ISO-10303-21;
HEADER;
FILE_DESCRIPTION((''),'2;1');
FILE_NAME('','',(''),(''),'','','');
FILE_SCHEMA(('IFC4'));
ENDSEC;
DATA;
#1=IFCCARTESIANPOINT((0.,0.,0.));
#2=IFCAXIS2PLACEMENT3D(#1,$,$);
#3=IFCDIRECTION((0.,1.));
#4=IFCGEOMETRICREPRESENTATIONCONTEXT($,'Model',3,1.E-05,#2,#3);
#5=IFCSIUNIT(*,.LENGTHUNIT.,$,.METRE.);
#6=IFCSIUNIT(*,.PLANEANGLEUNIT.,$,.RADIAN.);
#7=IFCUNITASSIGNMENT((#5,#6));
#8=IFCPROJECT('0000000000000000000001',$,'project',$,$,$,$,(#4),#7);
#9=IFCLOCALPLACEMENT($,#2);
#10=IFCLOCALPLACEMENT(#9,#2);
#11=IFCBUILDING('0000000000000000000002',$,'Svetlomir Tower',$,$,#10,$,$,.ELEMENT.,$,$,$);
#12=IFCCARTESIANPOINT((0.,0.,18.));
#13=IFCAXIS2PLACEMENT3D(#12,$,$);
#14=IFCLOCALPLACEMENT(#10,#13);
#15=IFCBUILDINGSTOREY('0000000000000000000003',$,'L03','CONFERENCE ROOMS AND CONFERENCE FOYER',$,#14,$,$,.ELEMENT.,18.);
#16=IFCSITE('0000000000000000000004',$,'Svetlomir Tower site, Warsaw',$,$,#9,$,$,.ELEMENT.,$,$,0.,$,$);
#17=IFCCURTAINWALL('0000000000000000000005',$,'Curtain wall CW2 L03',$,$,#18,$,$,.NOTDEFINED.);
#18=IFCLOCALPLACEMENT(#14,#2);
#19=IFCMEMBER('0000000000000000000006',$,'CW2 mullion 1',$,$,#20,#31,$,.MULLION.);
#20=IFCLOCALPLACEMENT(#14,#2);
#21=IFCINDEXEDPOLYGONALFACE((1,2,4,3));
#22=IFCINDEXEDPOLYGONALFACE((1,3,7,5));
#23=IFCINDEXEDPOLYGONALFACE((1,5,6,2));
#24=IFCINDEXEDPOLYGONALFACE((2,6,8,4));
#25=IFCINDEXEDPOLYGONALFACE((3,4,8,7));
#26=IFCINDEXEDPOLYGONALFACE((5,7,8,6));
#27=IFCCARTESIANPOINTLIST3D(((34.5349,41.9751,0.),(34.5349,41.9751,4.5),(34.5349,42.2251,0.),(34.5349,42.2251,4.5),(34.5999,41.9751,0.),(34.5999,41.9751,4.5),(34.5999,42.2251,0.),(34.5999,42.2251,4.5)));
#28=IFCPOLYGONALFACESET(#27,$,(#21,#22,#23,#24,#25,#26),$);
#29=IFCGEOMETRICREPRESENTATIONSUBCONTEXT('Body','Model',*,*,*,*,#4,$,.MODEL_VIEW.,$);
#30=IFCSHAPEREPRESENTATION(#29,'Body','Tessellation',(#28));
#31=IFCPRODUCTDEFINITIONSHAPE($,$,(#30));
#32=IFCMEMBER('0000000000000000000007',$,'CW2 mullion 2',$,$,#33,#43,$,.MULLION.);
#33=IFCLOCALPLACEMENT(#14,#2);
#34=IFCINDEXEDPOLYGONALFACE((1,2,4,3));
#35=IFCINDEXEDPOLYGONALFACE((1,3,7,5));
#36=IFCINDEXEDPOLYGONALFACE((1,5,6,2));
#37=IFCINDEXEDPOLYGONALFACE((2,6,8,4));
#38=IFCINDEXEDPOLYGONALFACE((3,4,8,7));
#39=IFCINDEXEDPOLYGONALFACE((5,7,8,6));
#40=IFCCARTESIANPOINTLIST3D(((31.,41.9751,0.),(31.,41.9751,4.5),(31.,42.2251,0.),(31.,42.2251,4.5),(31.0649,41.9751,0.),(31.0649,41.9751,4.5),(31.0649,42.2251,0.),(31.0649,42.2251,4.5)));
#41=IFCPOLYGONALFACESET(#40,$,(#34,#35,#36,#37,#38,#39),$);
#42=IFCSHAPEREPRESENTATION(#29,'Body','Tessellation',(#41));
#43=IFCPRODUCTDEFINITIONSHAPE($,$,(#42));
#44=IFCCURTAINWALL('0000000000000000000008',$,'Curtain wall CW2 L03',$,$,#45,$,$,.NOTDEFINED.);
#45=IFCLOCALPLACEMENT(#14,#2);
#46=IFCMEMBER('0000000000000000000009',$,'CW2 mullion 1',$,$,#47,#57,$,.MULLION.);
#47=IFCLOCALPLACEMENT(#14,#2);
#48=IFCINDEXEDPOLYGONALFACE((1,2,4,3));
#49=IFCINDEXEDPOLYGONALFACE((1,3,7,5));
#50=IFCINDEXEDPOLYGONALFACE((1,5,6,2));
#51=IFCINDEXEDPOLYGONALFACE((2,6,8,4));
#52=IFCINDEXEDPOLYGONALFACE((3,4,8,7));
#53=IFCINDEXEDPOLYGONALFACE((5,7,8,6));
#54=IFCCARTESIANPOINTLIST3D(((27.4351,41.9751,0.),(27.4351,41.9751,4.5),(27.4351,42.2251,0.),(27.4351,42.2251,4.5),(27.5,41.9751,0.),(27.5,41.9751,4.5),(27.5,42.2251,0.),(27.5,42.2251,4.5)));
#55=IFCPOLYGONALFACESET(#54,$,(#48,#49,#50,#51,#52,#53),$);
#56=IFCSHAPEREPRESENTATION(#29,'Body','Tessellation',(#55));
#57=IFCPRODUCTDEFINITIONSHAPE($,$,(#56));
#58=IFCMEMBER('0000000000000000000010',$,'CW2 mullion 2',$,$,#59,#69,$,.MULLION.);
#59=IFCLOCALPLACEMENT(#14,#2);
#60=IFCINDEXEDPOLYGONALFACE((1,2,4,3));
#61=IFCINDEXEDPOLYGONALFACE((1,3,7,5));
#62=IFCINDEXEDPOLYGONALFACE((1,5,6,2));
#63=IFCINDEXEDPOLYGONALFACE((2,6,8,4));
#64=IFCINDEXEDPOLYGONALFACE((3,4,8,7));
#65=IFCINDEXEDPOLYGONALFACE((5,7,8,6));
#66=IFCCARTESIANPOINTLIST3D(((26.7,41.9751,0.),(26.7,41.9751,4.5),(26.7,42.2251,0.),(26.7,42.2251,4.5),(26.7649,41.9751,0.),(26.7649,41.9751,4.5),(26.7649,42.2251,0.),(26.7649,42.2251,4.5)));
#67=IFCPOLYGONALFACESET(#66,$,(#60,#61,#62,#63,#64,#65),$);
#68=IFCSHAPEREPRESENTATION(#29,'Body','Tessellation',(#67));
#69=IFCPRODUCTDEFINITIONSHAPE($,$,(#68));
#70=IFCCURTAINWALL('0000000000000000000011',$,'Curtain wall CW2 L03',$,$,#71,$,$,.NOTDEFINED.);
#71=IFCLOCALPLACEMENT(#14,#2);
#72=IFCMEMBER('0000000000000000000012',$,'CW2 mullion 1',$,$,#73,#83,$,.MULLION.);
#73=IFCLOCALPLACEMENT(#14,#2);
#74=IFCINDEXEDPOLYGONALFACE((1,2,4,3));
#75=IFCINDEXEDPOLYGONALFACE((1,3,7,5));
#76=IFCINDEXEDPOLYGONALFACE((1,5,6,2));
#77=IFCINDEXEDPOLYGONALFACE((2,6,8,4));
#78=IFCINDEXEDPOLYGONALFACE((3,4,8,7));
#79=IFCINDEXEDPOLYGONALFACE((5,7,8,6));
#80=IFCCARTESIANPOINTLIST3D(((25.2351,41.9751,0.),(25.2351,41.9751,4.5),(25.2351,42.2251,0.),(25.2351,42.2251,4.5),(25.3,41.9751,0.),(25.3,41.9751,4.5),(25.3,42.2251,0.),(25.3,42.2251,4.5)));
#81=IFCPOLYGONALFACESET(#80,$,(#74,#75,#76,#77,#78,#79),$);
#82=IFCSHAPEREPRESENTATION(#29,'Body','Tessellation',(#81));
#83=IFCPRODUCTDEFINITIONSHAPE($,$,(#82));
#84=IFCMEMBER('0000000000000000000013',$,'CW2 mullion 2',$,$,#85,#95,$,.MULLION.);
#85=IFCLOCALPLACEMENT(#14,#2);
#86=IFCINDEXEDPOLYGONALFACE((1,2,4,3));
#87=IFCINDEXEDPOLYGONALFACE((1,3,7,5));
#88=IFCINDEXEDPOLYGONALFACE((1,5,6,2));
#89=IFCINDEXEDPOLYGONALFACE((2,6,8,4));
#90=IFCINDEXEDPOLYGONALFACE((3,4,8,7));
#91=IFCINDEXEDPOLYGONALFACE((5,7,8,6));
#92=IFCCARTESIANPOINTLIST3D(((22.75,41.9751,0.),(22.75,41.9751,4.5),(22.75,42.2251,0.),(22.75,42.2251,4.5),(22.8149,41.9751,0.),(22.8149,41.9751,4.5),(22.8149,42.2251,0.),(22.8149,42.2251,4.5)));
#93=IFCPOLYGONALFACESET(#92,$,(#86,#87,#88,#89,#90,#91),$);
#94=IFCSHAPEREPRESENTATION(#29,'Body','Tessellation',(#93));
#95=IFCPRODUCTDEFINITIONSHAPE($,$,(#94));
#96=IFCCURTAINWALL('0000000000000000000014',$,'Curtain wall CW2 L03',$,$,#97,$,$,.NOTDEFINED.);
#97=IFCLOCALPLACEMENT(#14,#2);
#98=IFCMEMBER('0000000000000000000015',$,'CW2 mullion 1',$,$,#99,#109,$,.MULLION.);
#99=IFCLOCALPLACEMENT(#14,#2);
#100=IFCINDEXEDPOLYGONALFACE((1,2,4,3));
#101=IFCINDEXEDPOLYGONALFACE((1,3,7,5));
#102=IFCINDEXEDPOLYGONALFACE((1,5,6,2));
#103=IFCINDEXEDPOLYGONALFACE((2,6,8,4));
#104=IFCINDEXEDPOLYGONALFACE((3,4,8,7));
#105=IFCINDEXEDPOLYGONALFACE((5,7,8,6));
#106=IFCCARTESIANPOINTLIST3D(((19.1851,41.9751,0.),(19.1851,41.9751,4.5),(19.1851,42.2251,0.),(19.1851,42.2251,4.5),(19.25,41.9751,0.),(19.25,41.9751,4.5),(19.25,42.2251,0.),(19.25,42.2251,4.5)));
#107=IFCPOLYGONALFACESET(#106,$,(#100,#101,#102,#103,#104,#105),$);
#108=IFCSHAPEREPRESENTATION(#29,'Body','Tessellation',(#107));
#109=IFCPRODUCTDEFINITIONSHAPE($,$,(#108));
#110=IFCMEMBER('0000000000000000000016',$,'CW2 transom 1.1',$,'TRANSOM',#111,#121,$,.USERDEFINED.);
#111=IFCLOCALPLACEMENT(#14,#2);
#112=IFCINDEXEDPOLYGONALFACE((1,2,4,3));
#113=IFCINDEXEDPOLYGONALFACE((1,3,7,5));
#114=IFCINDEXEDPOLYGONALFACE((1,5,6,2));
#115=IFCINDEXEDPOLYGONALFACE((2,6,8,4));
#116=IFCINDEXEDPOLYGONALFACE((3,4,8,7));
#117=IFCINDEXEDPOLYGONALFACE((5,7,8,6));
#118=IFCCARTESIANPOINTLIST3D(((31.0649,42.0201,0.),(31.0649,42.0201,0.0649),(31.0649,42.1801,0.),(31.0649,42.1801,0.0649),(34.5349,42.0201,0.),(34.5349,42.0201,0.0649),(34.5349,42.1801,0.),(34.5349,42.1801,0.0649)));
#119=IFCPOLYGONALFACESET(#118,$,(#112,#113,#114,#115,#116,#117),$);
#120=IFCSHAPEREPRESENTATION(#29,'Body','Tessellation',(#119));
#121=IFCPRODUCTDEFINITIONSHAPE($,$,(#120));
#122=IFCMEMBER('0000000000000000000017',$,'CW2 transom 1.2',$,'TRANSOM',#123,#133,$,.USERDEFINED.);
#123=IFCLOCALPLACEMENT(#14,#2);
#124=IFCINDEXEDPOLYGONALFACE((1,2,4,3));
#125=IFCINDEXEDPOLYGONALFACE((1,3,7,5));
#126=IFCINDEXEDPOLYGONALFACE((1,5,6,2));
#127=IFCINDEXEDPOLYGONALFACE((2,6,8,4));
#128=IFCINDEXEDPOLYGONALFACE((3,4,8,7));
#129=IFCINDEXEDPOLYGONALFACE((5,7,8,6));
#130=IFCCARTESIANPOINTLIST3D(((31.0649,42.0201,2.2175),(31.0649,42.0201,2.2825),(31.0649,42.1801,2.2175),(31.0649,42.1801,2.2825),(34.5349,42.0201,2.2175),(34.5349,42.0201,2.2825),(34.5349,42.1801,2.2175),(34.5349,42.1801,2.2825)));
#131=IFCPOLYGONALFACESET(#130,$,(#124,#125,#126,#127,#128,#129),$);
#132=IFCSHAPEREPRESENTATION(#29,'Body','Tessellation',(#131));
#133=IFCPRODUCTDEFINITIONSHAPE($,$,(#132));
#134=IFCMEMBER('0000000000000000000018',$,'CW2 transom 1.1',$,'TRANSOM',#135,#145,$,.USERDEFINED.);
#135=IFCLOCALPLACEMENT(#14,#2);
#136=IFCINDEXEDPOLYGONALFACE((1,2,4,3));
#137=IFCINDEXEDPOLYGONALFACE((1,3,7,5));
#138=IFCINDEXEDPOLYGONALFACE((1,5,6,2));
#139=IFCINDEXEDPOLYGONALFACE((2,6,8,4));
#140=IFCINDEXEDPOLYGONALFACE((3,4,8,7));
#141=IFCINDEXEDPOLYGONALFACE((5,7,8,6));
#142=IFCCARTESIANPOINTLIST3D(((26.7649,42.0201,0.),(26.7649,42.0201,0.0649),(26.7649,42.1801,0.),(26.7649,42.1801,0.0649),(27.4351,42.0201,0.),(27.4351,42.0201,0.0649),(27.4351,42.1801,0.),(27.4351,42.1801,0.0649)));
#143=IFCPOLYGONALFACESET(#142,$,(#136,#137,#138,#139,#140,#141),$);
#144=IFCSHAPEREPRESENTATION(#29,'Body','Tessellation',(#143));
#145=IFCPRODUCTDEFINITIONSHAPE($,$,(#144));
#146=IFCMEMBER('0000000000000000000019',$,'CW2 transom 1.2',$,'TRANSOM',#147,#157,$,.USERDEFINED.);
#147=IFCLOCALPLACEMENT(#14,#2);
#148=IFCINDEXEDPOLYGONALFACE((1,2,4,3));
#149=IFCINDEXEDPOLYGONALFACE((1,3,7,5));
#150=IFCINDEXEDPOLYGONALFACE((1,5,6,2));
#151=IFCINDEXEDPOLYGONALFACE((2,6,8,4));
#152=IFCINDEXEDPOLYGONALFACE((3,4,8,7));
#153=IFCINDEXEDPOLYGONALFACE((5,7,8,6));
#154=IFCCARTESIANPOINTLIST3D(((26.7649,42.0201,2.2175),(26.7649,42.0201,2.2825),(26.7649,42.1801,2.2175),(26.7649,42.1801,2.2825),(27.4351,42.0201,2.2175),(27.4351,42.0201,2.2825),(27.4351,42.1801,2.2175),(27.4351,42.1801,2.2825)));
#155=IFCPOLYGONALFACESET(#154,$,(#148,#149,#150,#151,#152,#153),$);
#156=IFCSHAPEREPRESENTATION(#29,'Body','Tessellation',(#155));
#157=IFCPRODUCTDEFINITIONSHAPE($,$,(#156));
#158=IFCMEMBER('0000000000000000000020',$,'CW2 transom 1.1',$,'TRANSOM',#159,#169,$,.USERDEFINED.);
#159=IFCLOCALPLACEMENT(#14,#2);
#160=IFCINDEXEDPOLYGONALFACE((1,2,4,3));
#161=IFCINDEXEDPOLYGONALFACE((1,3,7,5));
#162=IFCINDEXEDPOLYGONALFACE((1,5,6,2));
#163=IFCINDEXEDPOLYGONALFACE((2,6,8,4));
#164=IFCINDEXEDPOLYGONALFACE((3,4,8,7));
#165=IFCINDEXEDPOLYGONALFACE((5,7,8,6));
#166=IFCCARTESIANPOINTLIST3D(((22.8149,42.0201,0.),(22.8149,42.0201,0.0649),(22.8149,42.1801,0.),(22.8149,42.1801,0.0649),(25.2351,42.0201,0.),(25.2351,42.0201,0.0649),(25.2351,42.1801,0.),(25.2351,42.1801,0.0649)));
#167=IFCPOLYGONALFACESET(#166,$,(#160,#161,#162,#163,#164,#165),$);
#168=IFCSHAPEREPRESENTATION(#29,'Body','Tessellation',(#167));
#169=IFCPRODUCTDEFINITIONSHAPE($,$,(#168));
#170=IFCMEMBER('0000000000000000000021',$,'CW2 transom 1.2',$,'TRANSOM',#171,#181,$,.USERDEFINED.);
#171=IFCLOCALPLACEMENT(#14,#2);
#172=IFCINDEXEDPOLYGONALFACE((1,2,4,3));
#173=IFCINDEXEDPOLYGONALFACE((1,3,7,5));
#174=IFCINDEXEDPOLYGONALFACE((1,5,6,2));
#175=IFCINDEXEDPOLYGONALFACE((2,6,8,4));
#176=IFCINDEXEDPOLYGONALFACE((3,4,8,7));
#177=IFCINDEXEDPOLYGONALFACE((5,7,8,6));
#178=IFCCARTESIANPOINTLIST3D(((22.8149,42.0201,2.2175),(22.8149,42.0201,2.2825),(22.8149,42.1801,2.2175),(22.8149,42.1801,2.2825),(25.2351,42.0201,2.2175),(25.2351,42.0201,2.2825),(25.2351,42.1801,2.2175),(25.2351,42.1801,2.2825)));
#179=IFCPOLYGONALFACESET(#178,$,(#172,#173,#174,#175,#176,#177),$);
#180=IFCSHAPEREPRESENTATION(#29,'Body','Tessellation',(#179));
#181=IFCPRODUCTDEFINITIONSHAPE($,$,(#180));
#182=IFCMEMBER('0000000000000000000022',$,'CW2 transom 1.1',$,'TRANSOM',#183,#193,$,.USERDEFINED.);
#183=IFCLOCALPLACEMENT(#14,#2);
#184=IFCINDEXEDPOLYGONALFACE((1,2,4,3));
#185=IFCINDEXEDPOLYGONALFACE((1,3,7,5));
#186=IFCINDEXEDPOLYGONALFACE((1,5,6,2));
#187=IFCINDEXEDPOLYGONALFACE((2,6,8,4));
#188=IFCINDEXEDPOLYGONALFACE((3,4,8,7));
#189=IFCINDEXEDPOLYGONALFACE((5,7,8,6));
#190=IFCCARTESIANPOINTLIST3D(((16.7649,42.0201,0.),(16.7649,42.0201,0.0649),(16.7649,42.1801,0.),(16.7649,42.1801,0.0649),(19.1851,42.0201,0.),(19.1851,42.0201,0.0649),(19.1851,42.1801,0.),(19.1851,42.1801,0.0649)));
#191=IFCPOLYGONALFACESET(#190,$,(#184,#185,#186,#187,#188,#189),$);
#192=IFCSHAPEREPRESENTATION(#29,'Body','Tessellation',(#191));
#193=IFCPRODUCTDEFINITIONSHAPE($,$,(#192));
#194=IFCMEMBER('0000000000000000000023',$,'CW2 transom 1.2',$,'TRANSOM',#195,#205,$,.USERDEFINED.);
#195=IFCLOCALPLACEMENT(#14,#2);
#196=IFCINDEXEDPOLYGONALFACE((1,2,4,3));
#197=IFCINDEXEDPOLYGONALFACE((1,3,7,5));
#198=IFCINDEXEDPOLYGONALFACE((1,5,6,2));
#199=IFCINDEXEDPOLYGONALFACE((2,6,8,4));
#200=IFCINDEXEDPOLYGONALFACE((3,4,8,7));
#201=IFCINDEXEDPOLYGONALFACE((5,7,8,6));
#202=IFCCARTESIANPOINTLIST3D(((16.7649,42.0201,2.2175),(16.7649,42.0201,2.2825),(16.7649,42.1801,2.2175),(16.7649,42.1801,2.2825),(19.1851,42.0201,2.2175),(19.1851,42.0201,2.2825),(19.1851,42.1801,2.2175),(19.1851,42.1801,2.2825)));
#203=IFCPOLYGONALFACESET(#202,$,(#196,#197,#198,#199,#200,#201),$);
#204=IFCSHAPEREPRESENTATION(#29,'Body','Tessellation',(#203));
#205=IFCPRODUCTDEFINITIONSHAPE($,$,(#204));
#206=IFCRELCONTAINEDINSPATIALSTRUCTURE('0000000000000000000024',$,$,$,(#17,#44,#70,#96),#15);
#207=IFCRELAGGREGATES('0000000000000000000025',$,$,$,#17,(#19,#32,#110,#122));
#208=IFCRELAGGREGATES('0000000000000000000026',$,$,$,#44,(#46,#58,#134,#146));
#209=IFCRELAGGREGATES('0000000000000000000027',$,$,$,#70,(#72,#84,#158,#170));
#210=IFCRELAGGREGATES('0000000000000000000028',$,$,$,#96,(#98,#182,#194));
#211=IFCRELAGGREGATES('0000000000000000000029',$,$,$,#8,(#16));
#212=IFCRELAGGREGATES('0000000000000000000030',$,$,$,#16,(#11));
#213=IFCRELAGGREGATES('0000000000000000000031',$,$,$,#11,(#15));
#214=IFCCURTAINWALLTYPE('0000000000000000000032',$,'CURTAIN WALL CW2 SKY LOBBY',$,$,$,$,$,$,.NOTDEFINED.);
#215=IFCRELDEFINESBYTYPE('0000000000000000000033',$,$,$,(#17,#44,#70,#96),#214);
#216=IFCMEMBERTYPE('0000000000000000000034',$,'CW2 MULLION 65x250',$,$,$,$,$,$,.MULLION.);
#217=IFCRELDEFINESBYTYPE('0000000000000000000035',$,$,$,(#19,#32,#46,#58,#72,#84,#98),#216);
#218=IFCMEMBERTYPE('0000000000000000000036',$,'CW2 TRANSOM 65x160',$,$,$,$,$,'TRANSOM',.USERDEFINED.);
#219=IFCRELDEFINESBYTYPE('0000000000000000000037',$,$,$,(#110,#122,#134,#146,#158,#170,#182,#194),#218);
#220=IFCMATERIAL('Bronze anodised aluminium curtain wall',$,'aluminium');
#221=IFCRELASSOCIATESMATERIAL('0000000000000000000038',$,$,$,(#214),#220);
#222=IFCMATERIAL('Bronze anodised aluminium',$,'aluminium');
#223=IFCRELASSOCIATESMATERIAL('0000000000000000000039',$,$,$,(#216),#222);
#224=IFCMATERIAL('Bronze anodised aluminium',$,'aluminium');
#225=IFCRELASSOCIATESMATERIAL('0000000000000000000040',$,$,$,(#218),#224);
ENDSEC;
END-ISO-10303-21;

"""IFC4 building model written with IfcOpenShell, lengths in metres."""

from ifc_helpers import new_model, si_unit, direction, frame, origin, origin_2d, place, context, subcontext, project, spatial, rectangle, extrude, material, material_profile, profile_set, type_object, element, aggregate, save


model = new_model("IFC4")

# Units and contexts
model_context = context("Model", 3, precision=1e-05, world=origin(), true_north=direction((0.0, 1.0)))
body_context = subcontext(model_context, "Body", "Model", "MODEL_VIEW")
ifc_project = project(units=[si_unit("LENGTHUNIT", "METRE"), si_unit("PLANEANGLEUNIT", "RADIAN")], contexts=[model_context])

# Site, building, storey
site_placement = place(None, origin())
site = spatial("IfcSite", under=ifc_project, at=site_placement, Name="Svetlomir Tower site, Warsaw", CompositionType="ELEMENT", RefElevation=0.0)
building_placement = place(site_placement, origin())
building = spatial("IfcBuilding", under=site, at=building_placement, Name="Svetlomir Tower", CompositionType="ELEMENT")
storey_placement = place(building_placement, frame((0.0, 0.0, 18.0)))
storey = spatial("IfcBuildingStorey", under=building, at=storey_placement, Name="L03", Description="CONFERENCE ROOMS AND CONFERENCE FOYER", CompositionType="ELEMENT", Elevation=18.0)

# Curtain walls, members
ifc_material_1 = material(Name="Bronze anodised aluminium curtain wall", Category="aluminium")
curtain_wall_type = type_object("IfcCurtainWallType", Name="CURTAIN WALL CW2 SKY LOBBY", PredefinedType="NOTDEFINED", material=ifc_material_1)
curtain_wall_1_placement = place(storey_placement, origin())
curtain_wall_1 = element("IfcCurtainWall", 1, at=curtain_wall_1_placement, inside=storey, type_object=curtain_wall_type, Name="Curtain wall CW2 L03", PredefinedType="NOTDEFINED")
ifc_material_2 = material(Name="Bronze anodised aluminium", Category="aluminium")
ifc_material_profile_1 = material_profile(ifc_material_2, rectangle(XDim=0.0649, YDim=0.25, at=origin_2d()), Name="AL 65x250")
ifc_profile_set_1 = profile_set([ifc_material_profile_1], Name="Bronze anodised aluminium 6063-T6")
member_type_1 = type_object("IfcMemberType", Name="CW2 MULLION 65x250", PredefinedType="MULLION", material=ifc_profile_set_1)
member_1_placement = place(storey_placement, frame((34.5674, 42.1001, 0.0), z_axis=(0.0, 0.0, 1.0), x_axis=(-1.0, 0.0, 0.0)))
member_1 = element("IfcMember", 2, at=member_1_placement, type_object=member_type_1, Name="CW2 mullion 1", PredefinedType="MULLION", context=body_context, shape_type="SweptSolid", body=[
    extrude(rectangle(XDim=0.0649, YDim=0.25, at=origin_2d()), origin(), (0.0, 0.0, 1.0), 4.5),
])
member_2_placement = place(storey_placement, frame((31.0325, 42.1001, 0.0), z_axis=(0.0, 0.0, 1.0), x_axis=(-1.0, 0.0, 0.0)))
member_2 = element("IfcMember", 3, at=member_2_placement, type_object=member_type_1, Name="CW2 mullion 2", PredefinedType="MULLION", context=body_context, shape_type="SweptSolid", body=[
    extrude(rectangle(XDim=0.0649, YDim=0.25, at=origin_2d()), origin(), (0.0, 0.0, 1.0), 4.5),
])
curtain_wall_2_placement = place(storey_placement, origin())
curtain_wall_2 = element("IfcCurtainWall", 4, at=curtain_wall_2_placement, inside=storey, type_object=curtain_wall_type, Name="Curtain wall CW2 L03", PredefinedType="NOTDEFINED")
member_3_placement = place(storey_placement, frame((27.4675, 42.1001, 0.0), z_axis=(0.0, 0.0, 1.0), x_axis=(-1.0, 0.0, 0.0)))
member_3 = element("IfcMember", 5, at=member_3_placement, type_object=member_type_1, Name="CW2 mullion 1", PredefinedType="MULLION", context=body_context, shape_type="SweptSolid", body=[
    extrude(rectangle(XDim=0.0649, YDim=0.25, at=origin_2d()), origin(), (0.0, 0.0, 1.0), 4.5),
])
member_4_placement = place(storey_placement, frame((26.7324, 42.1001, 0.0), z_axis=(0.0, 0.0, 1.0), x_axis=(-1.0, 0.0, 0.0)))
member_4 = element("IfcMember", 6, at=member_4_placement, type_object=member_type_1, Name="CW2 mullion 2", PredefinedType="MULLION", context=body_context, shape_type="SweptSolid", body=[
    extrude(rectangle(XDim=0.0649, YDim=0.25, at=origin_2d()), origin(), (0.0, 0.0, 1.0), 4.5),
])
curtain_wall_3_placement = place(storey_placement, origin())
curtain_wall_3 = element("IfcCurtainWall", 7, at=curtain_wall_3_placement, inside=storey, type_object=curtain_wall_type, Name="Curtain wall CW2 L03", PredefinedType="NOTDEFINED")
member_5_placement = place(storey_placement, frame((25.2676, 42.1001, 0.0), z_axis=(0.0, 0.0, 1.0), x_axis=(-1.0, 0.0, 0.0)))
member_5 = element("IfcMember", 8, at=member_5_placement, type_object=member_type_1, Name="CW2 mullion 1", PredefinedType="MULLION", context=body_context, shape_type="SweptSolid", body=[
    extrude(rectangle(XDim=0.0649, YDim=0.25, at=origin_2d()), origin(), (0.0, 0.0, 1.0), 4.5),
])
member_6_placement = place(storey_placement, frame((22.7825, 42.1001, 0.0), z_axis=(0.0, 0.0, 1.0), x_axis=(-1.0, 0.0, 0.0)))
member_6 = element("IfcMember", 9, at=member_6_placement, type_object=member_type_1, Name="CW2 mullion 2", PredefinedType="MULLION", context=body_context, shape_type="SweptSolid", body=[
    extrude(rectangle(XDim=0.0649, YDim=0.25, at=origin_2d()), origin(), (0.0, 0.0, 1.0), 4.5),
])

# Curtain wall, member
curtain_wall_4_placement = place(storey_placement, origin())
curtain_wall_4 = element("IfcCurtainWall", 10, at=curtain_wall_4_placement, inside=storey, type_object=curtain_wall_type, Name="Curtain wall CW2 L03", PredefinedType="NOTDEFINED")
member_7_placement = place(storey_placement, frame((19.2175, 42.1001, 0.0), z_axis=(0.0, 0.0, 1.0), x_axis=(-1.0, 0.0, 0.0)))
member_7 = element("IfcMember", 11, at=member_7_placement, type_object=member_type_1, Name="CW2 mullion 1", PredefinedType="MULLION", context=body_context, shape_type="SweptSolid", body=[
    extrude(rectangle(XDim=0.0649, YDim=0.25, at=origin_2d()), origin(), (0.0, 0.0, 1.0), 4.5),
])

# Members
ifc_material_3 = material(Name="Bronze anodised aluminium", Category="aluminium")
ifc_material_profile_2 = material_profile(ifc_material_3, rectangle(XDim=0.1599, YDim=0.0649, at=origin_2d()), Name="AL 160x65")
ifc_profile_set_2 = profile_set([ifc_material_profile_2], Name="Bronze anodised aluminium 6063-T6")
member_type_2 = type_object("IfcMemberType", Name="CW2 TRANSOM 65x160", ElementType="TRANSOM", PredefinedType="USERDEFINED", material=ifc_profile_set_2)
member_8_placement = place(storey_placement, frame((34.5349, 42.1001, 0.0325), z_axis=(-1.0, 0.0, 0.0), x_axis=(0.0, -1.0, 0.0)))
member_8 = element("IfcMember", 12, at=member_8_placement, type_object=member_type_2, Name="CW2 transom 1.1", ObjectType="TRANSOM", PredefinedType="USERDEFINED", context=body_context, shape_type="SweptSolid", body=[
    extrude(rectangle(XDim=0.1599, YDim=0.0649, at=origin_2d()), origin(), (0.0, 0.0, 1.0), 3.47),
])
member_9_placement = place(storey_placement, frame((34.5349, 42.1001, 2.25), z_axis=(-1.0, 0.0, 0.0), x_axis=(0.0, -1.0, 0.0)))
member_9 = element("IfcMember", 13, at=member_9_placement, type_object=member_type_2, Name="CW2 transom 1.2", ObjectType="TRANSOM", PredefinedType="USERDEFINED", context=body_context, shape_type="SweptSolid", body=[
    extrude(rectangle(XDim=0.1599, YDim=0.0649, at=origin_2d()), origin(), (0.0, 0.0, 1.0), 3.47),
])
member_10_placement = place(storey_placement, frame((27.4351, 42.1001, 0.0325), z_axis=(-1.0, 0.0, 0.0), x_axis=(0.0, -1.0, 0.0)))
member_10 = element("IfcMember", 14, at=member_10_placement, type_object=member_type_2, Name="CW2 transom 1.1", ObjectType="TRANSOM", PredefinedType="USERDEFINED", context=body_context, shape_type="SweptSolid", body=[
    extrude(rectangle(XDim=0.1599, YDim=0.0649, at=origin_2d()), origin(), (0.0, 0.0, 1.0), 0.6702),
])
member_11_placement = place(storey_placement, frame((27.4351, 42.1001, 2.25), z_axis=(-1.0, 0.0, 0.0), x_axis=(0.0, -1.0, 0.0)))
member_11 = element("IfcMember", 15, at=member_11_placement, type_object=member_type_2, Name="CW2 transom 1.2", ObjectType="TRANSOM", PredefinedType="USERDEFINED", context=body_context, shape_type="SweptSolid", body=[
    extrude(rectangle(XDim=0.1599, YDim=0.0649, at=origin_2d()), origin(), (0.0, 0.0, 1.0), 0.6702),
])
member_12_placement = place(storey_placement, frame((25.2351, 42.1001, 0.0325), z_axis=(-1.0, 0.0, 0.0), x_axis=(0.0, -1.0, 0.0)))
member_12 = element("IfcMember", 16, at=member_12_placement, type_object=member_type_2, Name="CW2 transom 1.1", ObjectType="TRANSOM", PredefinedType="USERDEFINED", context=body_context, shape_type="SweptSolid", body=[
    extrude(rectangle(XDim=0.1599, YDim=0.0649, at=origin_2d()), origin(), (0.0, 0.0, 1.0), 2.4202),
])
member_13_placement = place(storey_placement, frame((25.2351, 42.1001, 2.25), z_axis=(-1.0, 0.0, 0.0), x_axis=(0.0, -1.0, 0.0)))
member_13 = element("IfcMember", 17, at=member_13_placement, type_object=member_type_2, Name="CW2 transom 1.2", ObjectType="TRANSOM", PredefinedType="USERDEFINED", context=body_context, shape_type="SweptSolid", body=[
    extrude(rectangle(XDim=0.1599, YDim=0.0649, at=origin_2d()), origin(), (0.0, 0.0, 1.0), 2.4202),
])
member_14_placement = place(storey_placement, frame((19.1851, 42.1001, 0.0325), z_axis=(-1.0, 0.0, 0.0), x_axis=(0.0, -1.0, 0.0)))
member_14 = element("IfcMember", 18, at=member_14_placement, type_object=member_type_2, Name="CW2 transom 1.1", ObjectType="TRANSOM", PredefinedType="USERDEFINED", context=body_context, shape_type="SweptSolid", body=[
    extrude(rectangle(XDim=0.1599, YDim=0.0649, at=origin_2d()), origin(), (0.0, 0.0, 1.0), 2.4202),
])
member_15_placement = place(storey_placement, frame((19.1851, 42.1001, 2.25), z_axis=(-1.0, 0.0, 0.0), x_axis=(0.0, -1.0, 0.0)))
member_15 = element("IfcMember", 19, at=member_15_placement, type_object=member_type_2, Name="CW2 transom 1.2", ObjectType="TRANSOM", PredefinedType="USERDEFINED", context=body_context, shape_type="SweptSolid", body=[
    extrude(rectangle(XDim=0.1599, YDim=0.0649, at=origin_2d()), origin(), (0.0, 0.0, 1.0), 2.4202),
])

aggregate(curtain_wall_1, [member_1, member_2, member_8, member_9])
aggregate(curtain_wall_2, [member_3, member_4, member_10, member_11])
aggregate(curtain_wall_3, [member_5, member_6, member_12, member_13])
aggregate(curtain_wall_4, [member_7, member_14, member_15])

save(model, "model.ifc")
